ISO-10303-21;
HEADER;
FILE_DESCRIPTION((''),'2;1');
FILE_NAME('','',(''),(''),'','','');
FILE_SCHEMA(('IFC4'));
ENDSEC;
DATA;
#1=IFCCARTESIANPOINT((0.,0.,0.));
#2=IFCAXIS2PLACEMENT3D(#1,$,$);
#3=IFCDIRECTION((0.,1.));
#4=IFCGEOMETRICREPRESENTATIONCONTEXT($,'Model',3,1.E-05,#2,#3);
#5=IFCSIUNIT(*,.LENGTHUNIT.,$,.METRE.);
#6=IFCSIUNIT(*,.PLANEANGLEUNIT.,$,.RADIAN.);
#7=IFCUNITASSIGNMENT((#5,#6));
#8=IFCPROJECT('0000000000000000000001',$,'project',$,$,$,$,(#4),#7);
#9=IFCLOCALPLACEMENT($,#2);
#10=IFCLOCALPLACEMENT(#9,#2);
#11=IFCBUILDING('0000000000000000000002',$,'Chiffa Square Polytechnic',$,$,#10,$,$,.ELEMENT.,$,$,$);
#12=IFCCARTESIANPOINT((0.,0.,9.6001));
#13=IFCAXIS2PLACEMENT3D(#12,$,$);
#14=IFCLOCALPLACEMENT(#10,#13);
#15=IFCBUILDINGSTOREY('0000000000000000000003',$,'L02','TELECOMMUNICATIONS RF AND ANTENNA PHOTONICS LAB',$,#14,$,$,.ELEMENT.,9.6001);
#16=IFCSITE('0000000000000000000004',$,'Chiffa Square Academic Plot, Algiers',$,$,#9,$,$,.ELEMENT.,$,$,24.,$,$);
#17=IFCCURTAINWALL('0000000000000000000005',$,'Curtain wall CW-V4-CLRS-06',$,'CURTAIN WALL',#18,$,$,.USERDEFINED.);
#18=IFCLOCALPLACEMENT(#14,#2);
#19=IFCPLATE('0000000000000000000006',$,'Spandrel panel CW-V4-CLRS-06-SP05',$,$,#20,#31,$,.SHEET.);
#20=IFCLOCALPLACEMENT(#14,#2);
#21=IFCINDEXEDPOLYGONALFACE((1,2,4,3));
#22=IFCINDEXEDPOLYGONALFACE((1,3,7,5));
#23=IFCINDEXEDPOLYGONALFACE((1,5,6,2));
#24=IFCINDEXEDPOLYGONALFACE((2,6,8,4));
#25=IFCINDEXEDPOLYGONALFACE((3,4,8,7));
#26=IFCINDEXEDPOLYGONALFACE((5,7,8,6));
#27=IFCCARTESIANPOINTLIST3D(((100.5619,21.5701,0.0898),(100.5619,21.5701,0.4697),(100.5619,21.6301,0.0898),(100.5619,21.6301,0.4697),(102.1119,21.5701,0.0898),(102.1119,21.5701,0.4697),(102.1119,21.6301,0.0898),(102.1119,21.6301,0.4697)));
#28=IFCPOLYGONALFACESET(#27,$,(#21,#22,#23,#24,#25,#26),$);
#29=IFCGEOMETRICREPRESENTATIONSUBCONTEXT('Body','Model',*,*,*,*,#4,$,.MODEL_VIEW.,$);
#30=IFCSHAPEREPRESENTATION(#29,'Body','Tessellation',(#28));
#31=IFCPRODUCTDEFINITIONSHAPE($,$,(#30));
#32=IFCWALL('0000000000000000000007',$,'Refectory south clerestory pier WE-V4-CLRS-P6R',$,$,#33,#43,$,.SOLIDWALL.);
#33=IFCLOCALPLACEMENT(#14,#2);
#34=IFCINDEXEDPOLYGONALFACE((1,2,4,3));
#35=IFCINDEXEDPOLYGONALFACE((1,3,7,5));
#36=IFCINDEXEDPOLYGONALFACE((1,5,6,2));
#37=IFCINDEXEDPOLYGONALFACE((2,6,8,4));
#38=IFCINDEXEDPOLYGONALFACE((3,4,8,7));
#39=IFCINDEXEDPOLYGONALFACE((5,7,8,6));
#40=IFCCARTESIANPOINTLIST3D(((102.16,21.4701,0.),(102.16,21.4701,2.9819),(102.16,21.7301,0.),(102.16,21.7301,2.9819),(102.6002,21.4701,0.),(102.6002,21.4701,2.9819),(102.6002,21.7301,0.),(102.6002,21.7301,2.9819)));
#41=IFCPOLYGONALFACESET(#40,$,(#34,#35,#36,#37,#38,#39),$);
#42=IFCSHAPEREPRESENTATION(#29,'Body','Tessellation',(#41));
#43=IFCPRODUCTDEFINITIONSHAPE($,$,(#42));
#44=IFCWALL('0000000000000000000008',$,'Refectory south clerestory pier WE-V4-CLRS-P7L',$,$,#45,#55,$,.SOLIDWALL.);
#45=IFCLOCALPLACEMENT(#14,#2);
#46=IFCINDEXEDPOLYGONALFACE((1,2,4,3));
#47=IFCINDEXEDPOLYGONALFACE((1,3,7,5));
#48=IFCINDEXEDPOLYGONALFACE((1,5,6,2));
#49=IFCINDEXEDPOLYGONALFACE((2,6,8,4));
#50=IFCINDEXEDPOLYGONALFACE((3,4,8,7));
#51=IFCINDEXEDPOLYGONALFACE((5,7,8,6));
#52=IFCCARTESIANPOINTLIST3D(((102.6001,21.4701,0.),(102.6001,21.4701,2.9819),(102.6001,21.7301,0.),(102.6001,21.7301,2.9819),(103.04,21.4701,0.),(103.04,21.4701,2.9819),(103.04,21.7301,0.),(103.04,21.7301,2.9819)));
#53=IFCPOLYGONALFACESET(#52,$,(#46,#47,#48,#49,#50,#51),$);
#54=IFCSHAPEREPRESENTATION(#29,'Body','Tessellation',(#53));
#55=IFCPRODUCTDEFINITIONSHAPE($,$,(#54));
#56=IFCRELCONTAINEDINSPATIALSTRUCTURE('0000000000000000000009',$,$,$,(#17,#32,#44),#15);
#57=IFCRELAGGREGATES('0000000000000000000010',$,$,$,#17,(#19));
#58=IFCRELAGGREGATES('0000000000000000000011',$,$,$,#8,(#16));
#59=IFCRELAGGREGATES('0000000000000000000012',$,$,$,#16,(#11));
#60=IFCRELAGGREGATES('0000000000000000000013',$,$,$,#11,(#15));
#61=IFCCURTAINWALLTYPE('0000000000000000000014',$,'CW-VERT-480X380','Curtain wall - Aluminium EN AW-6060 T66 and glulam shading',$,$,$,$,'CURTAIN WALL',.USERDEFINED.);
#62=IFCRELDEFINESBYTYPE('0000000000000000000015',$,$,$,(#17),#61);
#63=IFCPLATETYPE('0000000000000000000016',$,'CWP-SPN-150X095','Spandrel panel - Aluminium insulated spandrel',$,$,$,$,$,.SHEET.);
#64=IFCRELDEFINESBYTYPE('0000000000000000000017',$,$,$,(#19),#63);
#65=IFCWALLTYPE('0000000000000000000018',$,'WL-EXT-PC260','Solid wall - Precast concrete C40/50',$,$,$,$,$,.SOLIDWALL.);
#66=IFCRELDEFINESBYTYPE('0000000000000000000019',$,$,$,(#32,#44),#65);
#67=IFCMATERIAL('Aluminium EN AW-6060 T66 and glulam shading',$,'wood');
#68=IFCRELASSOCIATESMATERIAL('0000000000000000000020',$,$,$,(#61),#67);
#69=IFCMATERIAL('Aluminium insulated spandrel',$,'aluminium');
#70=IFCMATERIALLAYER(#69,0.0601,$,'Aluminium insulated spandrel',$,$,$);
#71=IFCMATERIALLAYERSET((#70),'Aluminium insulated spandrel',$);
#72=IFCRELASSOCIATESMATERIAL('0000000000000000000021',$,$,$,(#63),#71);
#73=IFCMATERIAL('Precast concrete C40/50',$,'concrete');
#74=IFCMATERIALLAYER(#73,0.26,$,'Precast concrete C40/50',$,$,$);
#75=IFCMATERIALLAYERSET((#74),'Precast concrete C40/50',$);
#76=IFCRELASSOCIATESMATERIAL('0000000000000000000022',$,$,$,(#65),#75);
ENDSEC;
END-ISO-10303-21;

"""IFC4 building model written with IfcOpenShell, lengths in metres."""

from ifc_helpers import new_model, si_unit, direction, frame, frame_2d, origin, origin_2d, place, context, subcontext, project, spatial, rectangle, extrude, material, layer, layer_set, type_object, element, aggregate, save


model = new_model("IFC4")

# Units and contexts
model_context = context("Model", 3, precision=1e-05, world=origin(), true_north=direction((0.0, 1.0)))
body_context = subcontext(model_context, "Body", "Model", "MODEL_VIEW")
ifc_project = project(units=[si_unit("LENGTHUNIT", "METRE"), si_unit("PLANEANGLEUNIT", "RADIAN")], contexts=[model_context])

# Site, building, storey
site_placement = place(None, origin())
site = spatial("IfcSite", under=ifc_project, at=site_placement, Name="Chiffa Square Academic Plot, Algiers", CompositionType="ELEMENT", RefElevation=24.0)
building_placement = place(site_placement, origin())
building = spatial("IfcBuilding", under=site, at=building_placement, Name="Chiffa Square Polytechnic", CompositionType="ELEMENT")
storey_placement = place(building_placement, frame((0.0, 0.0, 9.6001)))
storey = spatial("IfcBuildingStorey", under=building, at=storey_placement, Name="L02", Description="TELECOMMUNICATIONS RF AND ANTENNA PHOTONICS LAB", CompositionType="ELEMENT", Elevation=9.6001)

# Curtain wall, plate
ifc_material_1 = material(Name="Aluminium EN AW-6060 T66 and glulam shading", Category="wood")
curtain_wall_type = type_object("IfcCurtainWallType", Name="CW-VERT-480X380", Description="Curtain wall - Aluminium EN AW-6060 T66 and glulam shading", ElementType="CURTAIN WALL", PredefinedType="USERDEFINED", material=ifc_material_1)
curtain_wall_placement = place(storey_placement, origin())
curtain_wall = element("IfcCurtainWall", 1, at=curtain_wall_placement, inside=storey, type_object=curtain_wall_type, Name="Curtain wall CW-V4-CLRS-06", ObjectType="CURTAIN WALL", PredefinedType="USERDEFINED")
ifc_material_2 = material(Name="Aluminium insulated spandrel", Category="aluminium")
ifc_layer_1 = layer(ifc_material_2, 0.0601, Name="Aluminium insulated spandrel")
ifc_layer_set_1 = layer_set([ifc_layer_1], Name="Aluminium insulated spandrel")
plate_type_1 = type_object("IfcPlateType", Name="CWP-SPN-150X095", Description="Spandrel panel - Aluminium insulated spandrel", PredefinedType="SHEET", material=ifc_layer_set_1)
plate_1_placement = place(storey_placement, frame((101.3369, 21.6001, 0.0898), z_axis=(0.0, 0.0, 1.0), x_axis=(1.0, 0.0, 0.0)))
plate_1 = element("IfcPlate", 2, at=plate_1_placement, type_object=plate_type_1, Name="Spandrel panel CW-V4-CLRS-06-SP05", PredefinedType="SHEET", context=body_context, shape_type="SweptSolid", body=[
    extrude(rectangle(XDim=1.55, YDim=0.0601, at=origin_2d()), origin(), (0.0, 0.0, 1.0), 0.3799),
])
aggregate(curtain_wall, [plate_1])

# Walls
ifc_material_3 = material(Name="Precast concrete C40/50", Category="concrete")
ifc_layer_2 = layer(ifc_material_3, 0.26, Name="Precast concrete C40/50")
ifc_layer_set_2 = layer_set([ifc_layer_2], Name="Precast concrete C40/50")
wall_type = type_object("IfcWallType", Name="WL-EXT-PC260", Description="Solid wall - Precast concrete C40/50", PredefinedType="SOLIDWALL", material=ifc_layer_set_2)
wall_1_placement = place(storey_placement, frame((102.1599, 21.6001, 0.0), z_axis=(0.0, 0.0, 1.0), x_axis=(1.0, 0.0, 0.0)))
element("IfcWall", 3, at=wall_1_placement, inside=storey, type_object=wall_type, Name="Refectory south clerestory pier WE-V4-CLRS-P6R", PredefinedType="SOLIDWALL", context=body_context, shape_type="SweptSolid", body=[
    extrude(rectangle(XDim=0.4402, YDim=0.26, at=frame_2d((0.2202, 0.0))), origin(), (0.0, 0.0, 1.0), 2.9819),
])
wall_2_placement = place(storey_placement, frame((102.6001, 21.6001, 0.0), z_axis=(0.0, 0.0, 1.0), x_axis=(1.0, 0.0, 0.0)))
element("IfcWall", 4, at=wall_2_placement, inside=storey, type_object=wall_type, Name="Refectory south clerestory pier WE-V4-CLRS-P7L", PredefinedType="SOLIDWALL", context=body_context, shape_type="SweptSolid", body=[
    extrude(rectangle(XDim=0.4399, YDim=0.26, at=frame_2d((0.22, 0.0))), origin(), (0.0, 0.0, 1.0), 2.9819),
])

save(model, "model.ifc")
